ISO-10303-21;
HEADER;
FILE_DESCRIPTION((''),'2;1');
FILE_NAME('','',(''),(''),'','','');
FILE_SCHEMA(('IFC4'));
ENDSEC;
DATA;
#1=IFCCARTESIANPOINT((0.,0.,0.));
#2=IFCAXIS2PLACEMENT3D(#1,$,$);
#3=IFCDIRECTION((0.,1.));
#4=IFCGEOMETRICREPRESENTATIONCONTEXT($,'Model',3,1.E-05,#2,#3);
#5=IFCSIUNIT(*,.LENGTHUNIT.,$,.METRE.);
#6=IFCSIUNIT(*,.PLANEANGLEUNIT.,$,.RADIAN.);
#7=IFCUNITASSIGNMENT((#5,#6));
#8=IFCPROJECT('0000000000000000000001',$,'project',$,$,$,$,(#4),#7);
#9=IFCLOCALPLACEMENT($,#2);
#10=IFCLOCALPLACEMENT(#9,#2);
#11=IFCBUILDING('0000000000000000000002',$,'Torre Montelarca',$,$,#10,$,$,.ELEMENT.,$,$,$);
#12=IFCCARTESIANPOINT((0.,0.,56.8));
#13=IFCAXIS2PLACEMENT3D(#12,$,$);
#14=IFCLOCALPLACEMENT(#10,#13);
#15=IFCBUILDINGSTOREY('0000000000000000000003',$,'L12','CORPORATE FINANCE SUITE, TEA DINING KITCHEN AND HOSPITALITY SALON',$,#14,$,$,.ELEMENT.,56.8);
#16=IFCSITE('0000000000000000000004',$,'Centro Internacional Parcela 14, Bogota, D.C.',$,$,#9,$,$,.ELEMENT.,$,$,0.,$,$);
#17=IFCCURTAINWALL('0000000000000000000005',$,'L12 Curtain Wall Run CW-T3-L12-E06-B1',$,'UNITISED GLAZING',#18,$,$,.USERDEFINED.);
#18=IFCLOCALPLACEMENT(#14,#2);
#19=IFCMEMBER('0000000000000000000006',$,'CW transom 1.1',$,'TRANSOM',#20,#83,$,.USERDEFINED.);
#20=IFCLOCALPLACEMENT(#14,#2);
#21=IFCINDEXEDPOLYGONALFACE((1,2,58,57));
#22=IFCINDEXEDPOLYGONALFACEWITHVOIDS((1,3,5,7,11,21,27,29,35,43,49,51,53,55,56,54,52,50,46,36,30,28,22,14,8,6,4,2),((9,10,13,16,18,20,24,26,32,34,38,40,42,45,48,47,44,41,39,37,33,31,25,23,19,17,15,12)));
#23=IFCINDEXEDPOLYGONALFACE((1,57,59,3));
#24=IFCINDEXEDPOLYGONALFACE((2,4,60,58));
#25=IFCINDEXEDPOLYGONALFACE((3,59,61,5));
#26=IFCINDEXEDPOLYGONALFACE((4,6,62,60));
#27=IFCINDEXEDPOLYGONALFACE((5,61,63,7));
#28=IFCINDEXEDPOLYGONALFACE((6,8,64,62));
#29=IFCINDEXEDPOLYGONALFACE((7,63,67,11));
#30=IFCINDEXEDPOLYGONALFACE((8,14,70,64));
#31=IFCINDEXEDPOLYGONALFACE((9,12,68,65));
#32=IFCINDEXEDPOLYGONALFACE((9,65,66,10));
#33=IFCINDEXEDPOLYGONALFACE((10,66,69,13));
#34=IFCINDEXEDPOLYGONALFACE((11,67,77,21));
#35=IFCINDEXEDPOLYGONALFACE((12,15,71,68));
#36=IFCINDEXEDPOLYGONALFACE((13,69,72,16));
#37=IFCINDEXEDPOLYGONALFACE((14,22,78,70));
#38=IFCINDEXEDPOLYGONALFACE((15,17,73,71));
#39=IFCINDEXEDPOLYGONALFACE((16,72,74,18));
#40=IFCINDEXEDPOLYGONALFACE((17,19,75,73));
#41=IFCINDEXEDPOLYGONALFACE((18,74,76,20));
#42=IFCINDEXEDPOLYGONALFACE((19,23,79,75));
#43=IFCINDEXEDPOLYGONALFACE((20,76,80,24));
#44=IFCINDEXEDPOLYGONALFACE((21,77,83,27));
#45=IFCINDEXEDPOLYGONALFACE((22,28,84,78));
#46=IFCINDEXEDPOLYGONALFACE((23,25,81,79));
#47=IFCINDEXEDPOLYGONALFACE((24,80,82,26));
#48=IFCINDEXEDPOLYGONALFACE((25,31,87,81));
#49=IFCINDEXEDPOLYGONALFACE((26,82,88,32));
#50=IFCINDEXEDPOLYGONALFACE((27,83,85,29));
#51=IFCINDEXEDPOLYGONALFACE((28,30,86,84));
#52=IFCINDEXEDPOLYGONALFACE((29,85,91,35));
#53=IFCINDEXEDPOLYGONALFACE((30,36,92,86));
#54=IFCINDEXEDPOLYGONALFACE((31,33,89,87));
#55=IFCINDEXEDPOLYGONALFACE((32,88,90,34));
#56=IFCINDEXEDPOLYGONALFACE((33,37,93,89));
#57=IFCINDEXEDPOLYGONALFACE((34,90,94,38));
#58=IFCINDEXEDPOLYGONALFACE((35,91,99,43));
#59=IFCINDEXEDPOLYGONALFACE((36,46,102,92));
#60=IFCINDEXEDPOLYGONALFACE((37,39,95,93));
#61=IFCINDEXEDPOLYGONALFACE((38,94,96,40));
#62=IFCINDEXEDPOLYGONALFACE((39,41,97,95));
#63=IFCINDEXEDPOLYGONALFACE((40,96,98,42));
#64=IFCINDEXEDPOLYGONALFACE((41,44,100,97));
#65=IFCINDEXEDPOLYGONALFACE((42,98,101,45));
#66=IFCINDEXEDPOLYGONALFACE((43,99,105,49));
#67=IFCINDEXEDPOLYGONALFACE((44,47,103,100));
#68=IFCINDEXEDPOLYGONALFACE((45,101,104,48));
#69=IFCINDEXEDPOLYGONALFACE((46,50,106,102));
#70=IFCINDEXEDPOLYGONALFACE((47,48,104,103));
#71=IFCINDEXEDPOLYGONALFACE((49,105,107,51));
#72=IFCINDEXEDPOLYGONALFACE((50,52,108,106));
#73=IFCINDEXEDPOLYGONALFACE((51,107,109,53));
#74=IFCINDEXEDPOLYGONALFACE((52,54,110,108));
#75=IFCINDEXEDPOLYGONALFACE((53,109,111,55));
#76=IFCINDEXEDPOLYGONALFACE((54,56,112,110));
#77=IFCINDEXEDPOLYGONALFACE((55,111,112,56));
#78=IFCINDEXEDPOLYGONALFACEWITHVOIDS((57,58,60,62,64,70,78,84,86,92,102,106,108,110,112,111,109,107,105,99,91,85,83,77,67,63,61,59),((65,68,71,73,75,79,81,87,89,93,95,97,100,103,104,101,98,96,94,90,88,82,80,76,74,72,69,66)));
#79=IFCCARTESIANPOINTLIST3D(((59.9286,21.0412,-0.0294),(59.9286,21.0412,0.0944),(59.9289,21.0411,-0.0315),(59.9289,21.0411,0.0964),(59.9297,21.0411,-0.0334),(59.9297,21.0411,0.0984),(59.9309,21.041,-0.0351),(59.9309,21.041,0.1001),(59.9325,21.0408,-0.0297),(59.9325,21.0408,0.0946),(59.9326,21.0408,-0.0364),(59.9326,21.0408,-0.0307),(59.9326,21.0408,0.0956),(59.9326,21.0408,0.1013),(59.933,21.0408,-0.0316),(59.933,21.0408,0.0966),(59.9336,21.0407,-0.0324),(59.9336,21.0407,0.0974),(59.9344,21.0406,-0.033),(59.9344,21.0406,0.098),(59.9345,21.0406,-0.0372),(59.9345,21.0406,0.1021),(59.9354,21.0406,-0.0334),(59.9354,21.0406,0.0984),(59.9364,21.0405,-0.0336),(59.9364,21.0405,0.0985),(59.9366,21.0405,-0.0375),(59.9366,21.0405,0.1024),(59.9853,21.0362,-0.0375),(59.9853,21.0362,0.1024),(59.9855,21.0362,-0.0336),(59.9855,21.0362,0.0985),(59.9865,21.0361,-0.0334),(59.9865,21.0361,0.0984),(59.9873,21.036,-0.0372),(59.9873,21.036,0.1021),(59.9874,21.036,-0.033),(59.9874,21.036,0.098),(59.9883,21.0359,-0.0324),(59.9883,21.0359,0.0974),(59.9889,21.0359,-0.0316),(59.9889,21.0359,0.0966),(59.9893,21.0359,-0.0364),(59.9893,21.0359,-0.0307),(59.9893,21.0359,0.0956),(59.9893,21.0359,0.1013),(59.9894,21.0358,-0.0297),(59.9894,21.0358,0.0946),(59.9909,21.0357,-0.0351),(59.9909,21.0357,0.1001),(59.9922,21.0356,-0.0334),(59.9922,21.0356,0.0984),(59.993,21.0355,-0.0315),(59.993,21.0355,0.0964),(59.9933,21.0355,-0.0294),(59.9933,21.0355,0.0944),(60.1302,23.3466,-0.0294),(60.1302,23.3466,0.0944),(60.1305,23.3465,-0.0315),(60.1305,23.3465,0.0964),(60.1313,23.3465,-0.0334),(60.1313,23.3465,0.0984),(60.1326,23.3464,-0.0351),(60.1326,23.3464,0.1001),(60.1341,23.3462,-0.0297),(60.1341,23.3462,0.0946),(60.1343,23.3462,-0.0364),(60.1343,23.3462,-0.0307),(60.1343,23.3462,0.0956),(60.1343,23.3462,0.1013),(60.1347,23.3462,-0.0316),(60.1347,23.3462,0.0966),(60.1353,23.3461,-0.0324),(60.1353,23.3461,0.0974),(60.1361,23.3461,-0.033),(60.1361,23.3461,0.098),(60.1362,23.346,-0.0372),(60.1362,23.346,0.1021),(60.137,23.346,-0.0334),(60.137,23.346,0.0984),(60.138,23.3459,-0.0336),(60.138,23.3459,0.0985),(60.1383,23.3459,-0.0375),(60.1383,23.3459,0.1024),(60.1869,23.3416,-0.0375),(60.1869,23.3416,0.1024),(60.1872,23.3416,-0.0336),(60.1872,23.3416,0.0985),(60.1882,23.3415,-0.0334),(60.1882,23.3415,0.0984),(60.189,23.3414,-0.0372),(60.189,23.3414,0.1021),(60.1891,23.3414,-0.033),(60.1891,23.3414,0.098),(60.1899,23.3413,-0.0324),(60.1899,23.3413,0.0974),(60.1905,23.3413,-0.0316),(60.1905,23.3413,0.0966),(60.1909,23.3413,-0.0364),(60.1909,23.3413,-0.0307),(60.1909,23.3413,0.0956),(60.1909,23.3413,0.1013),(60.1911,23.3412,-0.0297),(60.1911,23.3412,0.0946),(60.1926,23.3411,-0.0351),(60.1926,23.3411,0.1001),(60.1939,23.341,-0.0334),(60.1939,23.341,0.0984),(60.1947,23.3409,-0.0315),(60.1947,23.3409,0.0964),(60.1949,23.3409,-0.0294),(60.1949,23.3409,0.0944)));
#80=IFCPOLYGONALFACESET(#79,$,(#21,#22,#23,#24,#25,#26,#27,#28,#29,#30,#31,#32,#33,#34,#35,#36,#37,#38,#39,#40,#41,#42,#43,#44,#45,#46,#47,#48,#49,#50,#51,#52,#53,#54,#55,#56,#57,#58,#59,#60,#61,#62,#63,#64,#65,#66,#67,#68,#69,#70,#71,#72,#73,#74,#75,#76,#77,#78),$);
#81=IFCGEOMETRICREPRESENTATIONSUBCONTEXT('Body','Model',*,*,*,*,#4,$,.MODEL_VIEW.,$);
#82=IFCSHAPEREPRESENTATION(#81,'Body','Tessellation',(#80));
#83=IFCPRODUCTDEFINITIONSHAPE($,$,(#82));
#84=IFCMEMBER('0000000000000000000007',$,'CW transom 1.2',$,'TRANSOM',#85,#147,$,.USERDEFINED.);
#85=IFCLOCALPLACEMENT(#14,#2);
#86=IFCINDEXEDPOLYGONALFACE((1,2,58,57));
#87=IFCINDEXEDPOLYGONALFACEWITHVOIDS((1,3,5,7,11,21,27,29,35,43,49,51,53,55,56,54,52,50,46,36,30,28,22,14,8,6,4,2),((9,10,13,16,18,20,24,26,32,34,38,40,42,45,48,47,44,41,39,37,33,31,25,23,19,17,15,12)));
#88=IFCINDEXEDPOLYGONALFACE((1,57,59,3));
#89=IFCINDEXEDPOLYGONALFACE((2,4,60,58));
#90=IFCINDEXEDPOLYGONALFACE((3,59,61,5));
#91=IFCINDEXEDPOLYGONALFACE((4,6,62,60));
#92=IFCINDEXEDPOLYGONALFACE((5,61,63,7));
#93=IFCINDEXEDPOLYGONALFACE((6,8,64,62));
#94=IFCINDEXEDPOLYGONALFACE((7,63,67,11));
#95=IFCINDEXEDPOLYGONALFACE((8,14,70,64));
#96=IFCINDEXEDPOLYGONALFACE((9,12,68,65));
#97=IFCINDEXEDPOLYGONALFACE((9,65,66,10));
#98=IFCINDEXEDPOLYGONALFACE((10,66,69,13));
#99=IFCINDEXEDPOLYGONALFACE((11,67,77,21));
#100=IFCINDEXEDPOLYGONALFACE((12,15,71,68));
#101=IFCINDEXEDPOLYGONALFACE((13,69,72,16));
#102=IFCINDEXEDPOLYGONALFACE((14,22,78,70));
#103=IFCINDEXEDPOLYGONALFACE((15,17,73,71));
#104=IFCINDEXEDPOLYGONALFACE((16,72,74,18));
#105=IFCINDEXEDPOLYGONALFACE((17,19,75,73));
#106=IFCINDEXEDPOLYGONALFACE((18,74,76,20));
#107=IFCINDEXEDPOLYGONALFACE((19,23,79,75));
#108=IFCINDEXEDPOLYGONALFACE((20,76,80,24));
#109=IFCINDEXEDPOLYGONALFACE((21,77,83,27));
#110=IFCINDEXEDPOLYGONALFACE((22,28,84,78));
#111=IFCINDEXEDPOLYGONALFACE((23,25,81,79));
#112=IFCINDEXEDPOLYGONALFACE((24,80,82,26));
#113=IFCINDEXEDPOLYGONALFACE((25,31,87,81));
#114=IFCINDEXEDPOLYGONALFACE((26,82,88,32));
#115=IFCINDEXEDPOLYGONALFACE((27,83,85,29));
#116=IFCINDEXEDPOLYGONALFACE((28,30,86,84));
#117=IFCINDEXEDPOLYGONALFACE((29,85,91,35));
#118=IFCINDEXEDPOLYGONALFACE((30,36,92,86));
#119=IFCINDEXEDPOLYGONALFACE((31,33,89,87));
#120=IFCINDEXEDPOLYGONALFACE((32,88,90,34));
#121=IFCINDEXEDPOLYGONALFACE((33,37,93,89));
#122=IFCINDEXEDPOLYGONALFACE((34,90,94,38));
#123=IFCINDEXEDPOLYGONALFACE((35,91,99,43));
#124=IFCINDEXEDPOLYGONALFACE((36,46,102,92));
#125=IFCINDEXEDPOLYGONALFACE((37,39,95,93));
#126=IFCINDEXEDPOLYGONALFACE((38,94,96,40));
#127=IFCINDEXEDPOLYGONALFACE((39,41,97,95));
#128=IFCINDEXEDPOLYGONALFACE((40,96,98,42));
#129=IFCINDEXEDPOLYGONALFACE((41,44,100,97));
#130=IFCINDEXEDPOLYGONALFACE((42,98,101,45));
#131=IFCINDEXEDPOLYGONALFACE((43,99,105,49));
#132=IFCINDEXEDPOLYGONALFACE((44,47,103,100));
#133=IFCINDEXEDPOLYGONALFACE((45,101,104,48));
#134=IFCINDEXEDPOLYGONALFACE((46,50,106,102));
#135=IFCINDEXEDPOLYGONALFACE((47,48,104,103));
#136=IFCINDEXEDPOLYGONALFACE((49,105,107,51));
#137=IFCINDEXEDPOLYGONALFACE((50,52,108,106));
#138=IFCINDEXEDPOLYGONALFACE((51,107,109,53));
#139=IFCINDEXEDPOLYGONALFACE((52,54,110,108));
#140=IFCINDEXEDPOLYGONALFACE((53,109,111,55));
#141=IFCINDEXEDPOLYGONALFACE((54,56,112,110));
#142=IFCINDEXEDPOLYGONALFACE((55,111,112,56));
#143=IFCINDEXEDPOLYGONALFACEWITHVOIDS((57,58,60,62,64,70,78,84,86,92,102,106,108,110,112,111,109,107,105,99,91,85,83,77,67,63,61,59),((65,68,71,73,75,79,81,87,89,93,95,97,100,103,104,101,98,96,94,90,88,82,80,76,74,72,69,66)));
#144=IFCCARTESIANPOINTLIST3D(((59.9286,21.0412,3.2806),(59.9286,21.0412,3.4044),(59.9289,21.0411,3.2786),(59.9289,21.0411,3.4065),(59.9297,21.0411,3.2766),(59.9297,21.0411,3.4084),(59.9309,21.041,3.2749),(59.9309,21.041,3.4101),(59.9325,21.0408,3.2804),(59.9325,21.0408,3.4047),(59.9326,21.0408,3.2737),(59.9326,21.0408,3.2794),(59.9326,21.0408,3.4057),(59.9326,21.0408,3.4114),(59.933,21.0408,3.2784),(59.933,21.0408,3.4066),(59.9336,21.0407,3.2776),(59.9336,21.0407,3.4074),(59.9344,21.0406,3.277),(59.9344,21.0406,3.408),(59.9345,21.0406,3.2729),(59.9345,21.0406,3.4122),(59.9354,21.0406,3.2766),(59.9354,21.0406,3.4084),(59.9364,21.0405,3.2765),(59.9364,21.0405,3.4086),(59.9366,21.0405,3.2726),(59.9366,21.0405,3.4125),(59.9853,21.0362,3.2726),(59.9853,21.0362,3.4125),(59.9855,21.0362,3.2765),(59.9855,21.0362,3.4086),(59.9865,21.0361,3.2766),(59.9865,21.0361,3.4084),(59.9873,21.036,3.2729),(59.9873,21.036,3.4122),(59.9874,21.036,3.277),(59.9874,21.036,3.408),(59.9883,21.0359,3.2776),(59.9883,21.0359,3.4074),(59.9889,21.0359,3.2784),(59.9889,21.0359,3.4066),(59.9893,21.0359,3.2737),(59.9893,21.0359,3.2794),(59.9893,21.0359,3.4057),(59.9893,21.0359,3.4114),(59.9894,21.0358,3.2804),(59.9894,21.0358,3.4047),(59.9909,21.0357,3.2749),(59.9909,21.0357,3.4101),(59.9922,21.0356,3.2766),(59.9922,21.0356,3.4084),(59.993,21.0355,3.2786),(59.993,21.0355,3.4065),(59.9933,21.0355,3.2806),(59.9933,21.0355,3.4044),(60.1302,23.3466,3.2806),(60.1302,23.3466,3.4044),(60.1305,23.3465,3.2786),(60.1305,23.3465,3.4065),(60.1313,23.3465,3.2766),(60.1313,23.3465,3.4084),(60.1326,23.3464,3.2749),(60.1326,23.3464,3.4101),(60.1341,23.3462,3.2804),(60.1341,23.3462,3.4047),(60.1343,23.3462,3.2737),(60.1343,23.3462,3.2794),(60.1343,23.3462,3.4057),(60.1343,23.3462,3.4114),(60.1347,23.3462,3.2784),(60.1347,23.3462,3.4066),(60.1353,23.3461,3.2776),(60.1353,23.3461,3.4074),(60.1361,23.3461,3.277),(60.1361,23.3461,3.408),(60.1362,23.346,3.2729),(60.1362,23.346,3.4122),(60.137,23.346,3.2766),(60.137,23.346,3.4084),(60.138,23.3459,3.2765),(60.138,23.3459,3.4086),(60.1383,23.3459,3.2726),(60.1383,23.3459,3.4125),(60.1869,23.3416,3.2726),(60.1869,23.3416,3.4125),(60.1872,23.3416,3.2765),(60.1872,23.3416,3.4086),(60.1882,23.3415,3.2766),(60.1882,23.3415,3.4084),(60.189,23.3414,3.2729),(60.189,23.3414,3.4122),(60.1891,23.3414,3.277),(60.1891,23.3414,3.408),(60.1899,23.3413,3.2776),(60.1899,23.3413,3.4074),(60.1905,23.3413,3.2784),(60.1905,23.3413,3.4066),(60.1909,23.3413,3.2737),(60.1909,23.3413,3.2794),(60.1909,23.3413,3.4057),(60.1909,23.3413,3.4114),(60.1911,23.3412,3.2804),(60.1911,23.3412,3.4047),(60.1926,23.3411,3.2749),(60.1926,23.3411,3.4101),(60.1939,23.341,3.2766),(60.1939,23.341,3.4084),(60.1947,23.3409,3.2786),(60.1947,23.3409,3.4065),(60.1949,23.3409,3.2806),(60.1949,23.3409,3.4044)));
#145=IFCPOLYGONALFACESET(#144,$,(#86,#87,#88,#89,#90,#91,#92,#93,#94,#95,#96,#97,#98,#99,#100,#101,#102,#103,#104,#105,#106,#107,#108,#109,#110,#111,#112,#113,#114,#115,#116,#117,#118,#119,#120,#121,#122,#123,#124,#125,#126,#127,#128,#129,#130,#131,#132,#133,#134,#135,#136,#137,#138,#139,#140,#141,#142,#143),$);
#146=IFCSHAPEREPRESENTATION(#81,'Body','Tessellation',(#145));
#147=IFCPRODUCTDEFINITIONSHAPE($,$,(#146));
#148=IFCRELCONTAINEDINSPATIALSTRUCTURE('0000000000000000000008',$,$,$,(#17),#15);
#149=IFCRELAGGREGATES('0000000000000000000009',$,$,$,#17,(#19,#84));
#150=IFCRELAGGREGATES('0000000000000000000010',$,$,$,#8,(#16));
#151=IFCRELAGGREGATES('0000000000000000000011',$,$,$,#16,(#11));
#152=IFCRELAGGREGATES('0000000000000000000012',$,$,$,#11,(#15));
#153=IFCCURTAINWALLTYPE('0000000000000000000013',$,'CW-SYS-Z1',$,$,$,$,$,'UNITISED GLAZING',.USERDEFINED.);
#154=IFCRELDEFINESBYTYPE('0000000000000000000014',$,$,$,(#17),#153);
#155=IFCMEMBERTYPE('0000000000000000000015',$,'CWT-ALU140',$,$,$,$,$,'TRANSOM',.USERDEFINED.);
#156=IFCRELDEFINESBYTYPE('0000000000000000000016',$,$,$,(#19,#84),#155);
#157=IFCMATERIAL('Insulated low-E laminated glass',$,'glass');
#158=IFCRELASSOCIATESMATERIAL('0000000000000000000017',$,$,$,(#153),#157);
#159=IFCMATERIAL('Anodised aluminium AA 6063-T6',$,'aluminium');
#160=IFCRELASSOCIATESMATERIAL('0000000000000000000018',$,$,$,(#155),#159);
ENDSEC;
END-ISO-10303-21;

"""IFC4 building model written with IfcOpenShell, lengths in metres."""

from ifc_helpers import new_model, si_unit, direction, frame, origin, origin_2d, place, context, subcontext, project, spatial, hollow_rectangle, extrude, source, transform, mapped, material, material_profile, profile_set, type_object, element, aggregate, save


model = new_model("IFC4")

# Units and contexts
model_context = context("Model", 3, precision=1e-05, world=origin(), true_north=direction((0.0, 1.0)))
body_context = subcontext(model_context, "Body", "Model", "MODEL_VIEW")
ifc_project = project(units=[si_unit("LENGTHUNIT", "METRE"), si_unit("PLANEANGLEUNIT", "RADIAN")], contexts=[model_context])

# Site, building, storey
site_placement = place(None, origin())
site = spatial("IfcSite", under=ifc_project, at=site_placement, Name="Centro Internacional Parcela 14, Bogota, D.C.", CompositionType="ELEMENT", RefElevation=0.0)
building_placement = place(site_placement, origin())
building = spatial("IfcBuilding", under=site, at=building_placement, Name="Torre Montelarca", CompositionType="ELEMENT")
storey_placement = place(building_placement, frame((0.0, 0.0, 56.8)))
storey = spatial("IfcBuildingStorey", under=building, at=storey_placement, Name="L12", Description="CORPORATE FINANCE SUITE, TEA DINING KITCHEN AND HOSPITALITY SALON", CompositionType="ELEMENT", Elevation=56.8)

# Shared definitions
ifc_material_1 = material(Name="Insulated low-E laminated glass", Category="glass")
curtain_wall_type = type_object("IfcCurtainWallType", Name="CW-SYS-Z1", ElementType="UNITISED GLAZING", PredefinedType="USERDEFINED", material=ifc_material_1)
ifc_material_2 = material(Name="Anodised aluminium AA 6063-T6", Category="aluminium")

# Curtain wall
curtain_wall_1_placement = place(storey_placement, origin())
curtain_wall_1 = element("IfcCurtainWall", 1, at=curtain_wall_1_placement, inside=storey, type_object=curtain_wall_type, Name="L12 Curtain Wall Run CW-T3-L12-E06-B1", ObjectType="UNITISED GLAZING", PredefinedType="USERDEFINED")

# Members
ifc_material_profile_1 = material_profile(ifc_material_2, hollow_rectangle(XDim=0.0649, YDim=0.1399, WallThickness=0.0039, InnerFilletRadius=0.0039, OuterFilletRadius=0.0081, at=origin_2d()), Name="ALU65X140X4", Category="aluminium")
ifc_profile_set_1 = profile_set([ifc_material_profile_1], Name="Anodised aluminium AA 6063-T6")
member_type_1 = type_object("IfcMemberType", Name="CWT-ALU140", ElementType="TRANSOM", PredefinedType="USERDEFINED", material=ifc_profile_set_1)
shared_shape_1 = source(origin(), body_context, "Body", "SweptSolid", [
    extrude(hollow_rectangle(XDim=0.0649, YDim=0.1399, WallThickness=0.0039, InnerFilletRadius=0.0039, OuterFilletRadius=0.0081, at=origin_2d()), origin(), (0.0, 0.0, 1.0), 2.3142),
])
member_1_placement = place(storey_placement, frame((59.9609, 21.0383, 0.0325), z_axis=(0.087139, 0.996196, 0.0), x_axis=(-0.996196, 0.087139, 0.0)))
member_1 = element("IfcMember", 2, at=member_1_placement, type_object=member_type_1, Name="CW transom 1.1", ObjectType="TRANSOM", PredefinedType="USERDEFINED", context=body_context, shape_type="MappedRepresentation", body=[
    mapped(shared_shape_1, transform((0.0, 0.0, 0.0), scale=1.0)),
])
member_2_placement = place(storey_placement, frame((59.9609, 21.0383, 3.3425), z_axis=(0.087139, 0.996196, 0.0), x_axis=(-0.996196, 0.087139, 0.0)))
member_2 = element("IfcMember", 3, at=member_2_placement, type_object=member_type_1, Name="CW transom 1.2", ObjectType="TRANSOM", PredefinedType="USERDEFINED", context=body_context, shape_type="MappedRepresentation", body=[
    mapped(shared_shape_1, transform((0.0, 0.0, 0.0), scale=1.0)),
])

aggregate(curtain_wall_1, [member_1, member_2])

save(model, "model.ifc")
